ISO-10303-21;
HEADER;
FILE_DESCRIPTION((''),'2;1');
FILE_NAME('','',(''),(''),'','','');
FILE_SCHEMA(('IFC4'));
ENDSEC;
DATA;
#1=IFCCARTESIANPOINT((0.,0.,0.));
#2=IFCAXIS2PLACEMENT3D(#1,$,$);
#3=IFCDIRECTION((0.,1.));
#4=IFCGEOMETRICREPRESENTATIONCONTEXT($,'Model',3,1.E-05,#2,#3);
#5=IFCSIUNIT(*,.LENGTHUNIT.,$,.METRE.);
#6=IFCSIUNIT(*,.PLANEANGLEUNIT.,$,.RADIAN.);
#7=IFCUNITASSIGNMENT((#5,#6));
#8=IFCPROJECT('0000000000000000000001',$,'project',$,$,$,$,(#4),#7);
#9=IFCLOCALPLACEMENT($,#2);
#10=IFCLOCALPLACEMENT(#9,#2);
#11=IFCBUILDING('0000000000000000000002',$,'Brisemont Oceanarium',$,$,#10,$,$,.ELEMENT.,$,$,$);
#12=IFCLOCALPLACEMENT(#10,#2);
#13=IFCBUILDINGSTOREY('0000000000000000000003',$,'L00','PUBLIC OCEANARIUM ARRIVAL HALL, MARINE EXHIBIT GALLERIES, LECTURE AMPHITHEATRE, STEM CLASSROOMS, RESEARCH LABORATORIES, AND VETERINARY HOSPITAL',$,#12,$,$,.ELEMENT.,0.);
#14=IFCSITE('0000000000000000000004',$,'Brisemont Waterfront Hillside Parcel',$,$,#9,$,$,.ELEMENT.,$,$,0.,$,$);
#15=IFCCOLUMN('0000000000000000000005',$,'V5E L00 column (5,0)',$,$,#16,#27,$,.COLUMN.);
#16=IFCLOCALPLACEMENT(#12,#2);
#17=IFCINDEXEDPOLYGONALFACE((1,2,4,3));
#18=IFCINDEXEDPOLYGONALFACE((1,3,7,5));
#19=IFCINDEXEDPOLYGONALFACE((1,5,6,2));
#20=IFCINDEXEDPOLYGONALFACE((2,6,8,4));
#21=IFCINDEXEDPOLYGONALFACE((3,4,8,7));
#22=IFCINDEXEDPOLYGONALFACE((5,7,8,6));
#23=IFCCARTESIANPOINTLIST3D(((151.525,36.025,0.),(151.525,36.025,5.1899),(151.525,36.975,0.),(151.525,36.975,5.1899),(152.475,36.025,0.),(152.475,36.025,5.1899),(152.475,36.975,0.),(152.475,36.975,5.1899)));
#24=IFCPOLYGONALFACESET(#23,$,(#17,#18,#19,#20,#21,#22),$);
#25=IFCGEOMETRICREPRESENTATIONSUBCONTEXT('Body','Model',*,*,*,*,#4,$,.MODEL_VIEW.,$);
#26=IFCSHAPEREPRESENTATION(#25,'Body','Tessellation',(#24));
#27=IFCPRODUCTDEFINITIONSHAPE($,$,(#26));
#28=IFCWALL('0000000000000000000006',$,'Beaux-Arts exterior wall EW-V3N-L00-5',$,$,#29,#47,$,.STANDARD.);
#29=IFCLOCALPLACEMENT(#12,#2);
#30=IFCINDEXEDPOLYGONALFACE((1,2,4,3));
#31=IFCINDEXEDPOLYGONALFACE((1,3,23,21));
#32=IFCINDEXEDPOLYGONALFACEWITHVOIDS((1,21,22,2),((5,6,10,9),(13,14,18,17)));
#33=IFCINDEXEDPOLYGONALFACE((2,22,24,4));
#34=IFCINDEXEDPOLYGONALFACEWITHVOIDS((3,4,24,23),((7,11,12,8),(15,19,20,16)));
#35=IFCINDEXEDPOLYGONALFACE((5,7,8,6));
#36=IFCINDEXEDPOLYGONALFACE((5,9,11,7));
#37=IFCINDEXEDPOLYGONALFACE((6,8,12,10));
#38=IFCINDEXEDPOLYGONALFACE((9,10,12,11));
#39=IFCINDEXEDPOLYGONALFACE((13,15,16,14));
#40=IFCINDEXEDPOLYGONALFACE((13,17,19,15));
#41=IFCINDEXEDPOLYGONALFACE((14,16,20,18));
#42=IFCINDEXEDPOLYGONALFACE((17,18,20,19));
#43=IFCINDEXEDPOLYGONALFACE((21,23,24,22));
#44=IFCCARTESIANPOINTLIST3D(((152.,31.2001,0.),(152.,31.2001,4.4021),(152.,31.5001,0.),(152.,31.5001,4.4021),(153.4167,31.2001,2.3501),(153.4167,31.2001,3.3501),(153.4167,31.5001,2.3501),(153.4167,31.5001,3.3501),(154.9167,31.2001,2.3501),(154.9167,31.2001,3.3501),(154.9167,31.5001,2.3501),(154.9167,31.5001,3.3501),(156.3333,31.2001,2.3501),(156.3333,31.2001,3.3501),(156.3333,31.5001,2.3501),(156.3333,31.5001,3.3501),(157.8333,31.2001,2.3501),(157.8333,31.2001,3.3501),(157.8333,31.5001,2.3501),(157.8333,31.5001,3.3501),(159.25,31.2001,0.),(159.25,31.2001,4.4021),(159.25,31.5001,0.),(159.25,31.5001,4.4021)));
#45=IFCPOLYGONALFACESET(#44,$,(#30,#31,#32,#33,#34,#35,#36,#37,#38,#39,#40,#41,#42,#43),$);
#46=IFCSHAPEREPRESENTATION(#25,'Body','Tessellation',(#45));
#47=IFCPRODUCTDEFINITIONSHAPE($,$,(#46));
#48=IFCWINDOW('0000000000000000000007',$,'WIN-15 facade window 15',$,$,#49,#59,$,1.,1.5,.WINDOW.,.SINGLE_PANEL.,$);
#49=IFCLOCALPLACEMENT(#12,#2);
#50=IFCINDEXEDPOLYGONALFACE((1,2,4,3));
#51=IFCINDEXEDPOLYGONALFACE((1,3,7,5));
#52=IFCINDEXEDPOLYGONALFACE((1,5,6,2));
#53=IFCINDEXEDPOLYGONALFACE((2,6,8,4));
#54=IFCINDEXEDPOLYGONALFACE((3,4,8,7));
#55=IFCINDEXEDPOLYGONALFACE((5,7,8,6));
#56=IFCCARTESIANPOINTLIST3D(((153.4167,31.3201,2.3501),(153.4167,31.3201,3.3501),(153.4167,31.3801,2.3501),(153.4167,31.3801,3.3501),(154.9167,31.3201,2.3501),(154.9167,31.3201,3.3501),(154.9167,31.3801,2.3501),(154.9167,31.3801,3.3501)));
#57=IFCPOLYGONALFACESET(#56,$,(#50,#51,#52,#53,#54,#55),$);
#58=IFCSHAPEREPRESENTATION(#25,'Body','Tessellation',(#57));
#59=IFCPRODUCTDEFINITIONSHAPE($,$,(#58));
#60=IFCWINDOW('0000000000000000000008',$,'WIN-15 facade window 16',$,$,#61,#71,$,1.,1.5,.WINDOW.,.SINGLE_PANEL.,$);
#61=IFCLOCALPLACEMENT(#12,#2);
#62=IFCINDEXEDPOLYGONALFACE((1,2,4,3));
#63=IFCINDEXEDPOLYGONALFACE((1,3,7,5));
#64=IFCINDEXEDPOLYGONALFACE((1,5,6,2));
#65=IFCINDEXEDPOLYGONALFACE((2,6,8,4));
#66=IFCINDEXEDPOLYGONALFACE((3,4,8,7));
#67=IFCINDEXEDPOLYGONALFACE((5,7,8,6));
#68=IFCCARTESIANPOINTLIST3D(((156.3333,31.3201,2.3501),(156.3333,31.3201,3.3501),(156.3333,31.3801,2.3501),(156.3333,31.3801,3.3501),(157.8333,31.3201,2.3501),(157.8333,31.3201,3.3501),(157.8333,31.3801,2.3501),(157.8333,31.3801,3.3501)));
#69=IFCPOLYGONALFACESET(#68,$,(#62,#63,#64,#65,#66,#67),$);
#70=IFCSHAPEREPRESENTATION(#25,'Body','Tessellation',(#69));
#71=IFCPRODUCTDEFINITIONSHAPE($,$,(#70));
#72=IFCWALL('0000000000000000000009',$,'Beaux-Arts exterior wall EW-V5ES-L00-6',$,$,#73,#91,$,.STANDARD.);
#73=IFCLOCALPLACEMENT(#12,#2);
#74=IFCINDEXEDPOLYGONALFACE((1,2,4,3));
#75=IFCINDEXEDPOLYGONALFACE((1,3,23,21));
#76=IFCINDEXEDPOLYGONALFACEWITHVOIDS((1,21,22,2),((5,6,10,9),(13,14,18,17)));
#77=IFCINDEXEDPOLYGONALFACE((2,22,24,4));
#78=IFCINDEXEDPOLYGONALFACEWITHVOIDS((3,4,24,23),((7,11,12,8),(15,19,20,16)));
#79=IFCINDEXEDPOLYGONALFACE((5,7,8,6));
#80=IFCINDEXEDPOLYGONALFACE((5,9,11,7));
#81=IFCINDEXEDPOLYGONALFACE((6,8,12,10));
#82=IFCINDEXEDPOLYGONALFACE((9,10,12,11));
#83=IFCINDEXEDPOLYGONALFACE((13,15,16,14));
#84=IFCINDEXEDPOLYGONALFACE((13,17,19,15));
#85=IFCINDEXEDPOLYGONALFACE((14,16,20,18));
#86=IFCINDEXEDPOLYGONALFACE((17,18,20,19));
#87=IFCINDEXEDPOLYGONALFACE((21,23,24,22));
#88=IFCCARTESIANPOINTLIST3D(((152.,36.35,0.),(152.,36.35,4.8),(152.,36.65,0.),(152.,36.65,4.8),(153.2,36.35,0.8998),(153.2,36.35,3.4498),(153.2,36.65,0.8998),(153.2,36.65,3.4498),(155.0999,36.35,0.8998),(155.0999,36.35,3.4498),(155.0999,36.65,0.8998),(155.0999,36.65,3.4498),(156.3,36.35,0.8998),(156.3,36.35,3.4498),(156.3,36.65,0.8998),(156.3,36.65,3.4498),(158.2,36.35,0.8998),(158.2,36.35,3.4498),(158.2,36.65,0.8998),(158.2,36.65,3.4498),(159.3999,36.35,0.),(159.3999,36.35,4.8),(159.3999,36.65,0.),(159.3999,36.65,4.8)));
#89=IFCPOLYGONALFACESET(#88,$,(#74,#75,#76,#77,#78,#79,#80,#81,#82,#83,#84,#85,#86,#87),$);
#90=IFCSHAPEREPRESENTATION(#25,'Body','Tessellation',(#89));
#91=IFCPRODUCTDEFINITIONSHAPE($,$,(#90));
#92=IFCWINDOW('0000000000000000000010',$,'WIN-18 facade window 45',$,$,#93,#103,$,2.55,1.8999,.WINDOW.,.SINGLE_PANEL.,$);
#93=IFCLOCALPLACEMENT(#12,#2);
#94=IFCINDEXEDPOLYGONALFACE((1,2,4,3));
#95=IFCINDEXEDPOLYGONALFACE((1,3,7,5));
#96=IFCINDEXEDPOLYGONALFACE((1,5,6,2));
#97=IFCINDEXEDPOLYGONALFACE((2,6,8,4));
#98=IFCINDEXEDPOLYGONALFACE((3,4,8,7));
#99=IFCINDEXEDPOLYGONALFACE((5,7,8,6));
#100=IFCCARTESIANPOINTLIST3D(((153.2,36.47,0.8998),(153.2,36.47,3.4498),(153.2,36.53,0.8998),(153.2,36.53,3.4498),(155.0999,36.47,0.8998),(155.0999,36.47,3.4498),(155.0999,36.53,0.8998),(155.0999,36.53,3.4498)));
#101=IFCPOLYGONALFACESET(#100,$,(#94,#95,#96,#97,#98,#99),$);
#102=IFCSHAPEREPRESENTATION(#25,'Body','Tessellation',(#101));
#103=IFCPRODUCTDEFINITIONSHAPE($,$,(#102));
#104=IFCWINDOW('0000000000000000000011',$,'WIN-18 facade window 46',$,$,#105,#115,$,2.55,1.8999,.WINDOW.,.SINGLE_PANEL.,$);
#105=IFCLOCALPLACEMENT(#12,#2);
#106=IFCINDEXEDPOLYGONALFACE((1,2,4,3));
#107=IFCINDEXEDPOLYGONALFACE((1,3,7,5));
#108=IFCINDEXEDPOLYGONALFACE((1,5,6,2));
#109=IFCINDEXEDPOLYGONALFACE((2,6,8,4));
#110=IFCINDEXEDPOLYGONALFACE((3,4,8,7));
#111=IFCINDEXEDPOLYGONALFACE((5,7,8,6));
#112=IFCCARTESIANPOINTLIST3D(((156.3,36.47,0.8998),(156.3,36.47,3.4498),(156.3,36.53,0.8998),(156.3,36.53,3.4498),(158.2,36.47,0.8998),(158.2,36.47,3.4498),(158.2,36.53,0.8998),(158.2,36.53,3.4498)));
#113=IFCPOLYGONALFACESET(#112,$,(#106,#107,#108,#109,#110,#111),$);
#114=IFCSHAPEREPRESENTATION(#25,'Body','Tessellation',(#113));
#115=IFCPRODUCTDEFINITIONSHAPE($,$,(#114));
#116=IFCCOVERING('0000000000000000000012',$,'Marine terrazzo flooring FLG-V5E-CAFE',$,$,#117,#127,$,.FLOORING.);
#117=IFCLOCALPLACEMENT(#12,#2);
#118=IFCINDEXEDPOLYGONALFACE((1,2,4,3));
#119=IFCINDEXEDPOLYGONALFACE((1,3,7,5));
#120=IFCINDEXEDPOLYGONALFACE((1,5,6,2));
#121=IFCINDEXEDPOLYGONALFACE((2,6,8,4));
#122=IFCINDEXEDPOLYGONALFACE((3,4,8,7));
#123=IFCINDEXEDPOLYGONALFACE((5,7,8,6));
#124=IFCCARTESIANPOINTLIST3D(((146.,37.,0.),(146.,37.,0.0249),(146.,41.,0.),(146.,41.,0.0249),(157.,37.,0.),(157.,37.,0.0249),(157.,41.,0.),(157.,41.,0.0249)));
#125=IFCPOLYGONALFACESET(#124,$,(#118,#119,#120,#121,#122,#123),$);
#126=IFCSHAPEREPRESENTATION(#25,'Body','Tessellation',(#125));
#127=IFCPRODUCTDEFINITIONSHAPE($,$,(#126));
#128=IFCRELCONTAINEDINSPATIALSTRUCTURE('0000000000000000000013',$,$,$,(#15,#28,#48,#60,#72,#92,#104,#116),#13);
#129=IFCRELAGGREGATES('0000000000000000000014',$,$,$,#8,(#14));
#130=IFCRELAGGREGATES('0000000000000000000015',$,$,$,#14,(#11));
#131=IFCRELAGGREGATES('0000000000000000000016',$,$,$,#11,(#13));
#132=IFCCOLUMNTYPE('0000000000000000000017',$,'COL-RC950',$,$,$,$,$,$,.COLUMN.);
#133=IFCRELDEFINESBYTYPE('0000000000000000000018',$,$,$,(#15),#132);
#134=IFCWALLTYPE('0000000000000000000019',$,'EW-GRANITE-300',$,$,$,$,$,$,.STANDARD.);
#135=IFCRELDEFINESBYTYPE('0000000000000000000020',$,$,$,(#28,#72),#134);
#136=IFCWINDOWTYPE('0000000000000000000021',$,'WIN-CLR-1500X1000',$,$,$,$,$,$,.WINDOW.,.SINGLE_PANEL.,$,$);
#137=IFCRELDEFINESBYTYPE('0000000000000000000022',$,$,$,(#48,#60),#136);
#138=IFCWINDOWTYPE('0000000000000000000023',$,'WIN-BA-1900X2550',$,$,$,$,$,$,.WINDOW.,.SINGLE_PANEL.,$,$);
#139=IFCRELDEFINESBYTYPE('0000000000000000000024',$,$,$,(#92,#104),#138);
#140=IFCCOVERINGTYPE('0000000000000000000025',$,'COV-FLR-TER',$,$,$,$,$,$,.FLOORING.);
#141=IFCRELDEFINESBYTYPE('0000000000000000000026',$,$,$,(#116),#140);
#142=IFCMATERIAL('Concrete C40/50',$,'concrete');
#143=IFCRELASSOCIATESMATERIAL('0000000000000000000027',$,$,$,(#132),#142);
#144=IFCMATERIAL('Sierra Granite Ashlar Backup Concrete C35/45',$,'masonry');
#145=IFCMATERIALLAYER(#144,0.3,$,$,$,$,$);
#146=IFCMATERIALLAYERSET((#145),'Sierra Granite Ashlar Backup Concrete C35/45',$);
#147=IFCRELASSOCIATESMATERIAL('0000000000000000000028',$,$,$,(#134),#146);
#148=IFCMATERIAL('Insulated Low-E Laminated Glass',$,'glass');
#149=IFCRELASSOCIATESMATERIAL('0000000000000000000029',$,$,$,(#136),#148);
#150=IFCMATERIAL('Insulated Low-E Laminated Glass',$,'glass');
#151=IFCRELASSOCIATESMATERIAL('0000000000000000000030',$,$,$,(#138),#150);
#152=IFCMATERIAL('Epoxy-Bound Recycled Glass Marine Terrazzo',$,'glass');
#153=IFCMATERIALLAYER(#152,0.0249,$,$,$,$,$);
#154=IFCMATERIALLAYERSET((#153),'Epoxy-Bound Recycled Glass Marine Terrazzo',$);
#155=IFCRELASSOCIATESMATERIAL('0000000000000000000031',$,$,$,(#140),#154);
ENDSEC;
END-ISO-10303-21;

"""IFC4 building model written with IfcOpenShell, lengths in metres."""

from ifc_helpers import new_model, si_unit, direction, frame, frame_2d, origin, origin_2d, place, context, subcontext, project, spatial, rectangle, extrude, material, layer, layer_set, material_profile, profile_set, type_object, element, fill, save


model = new_model("IFC4")

# Units and contexts
model_context = context("Model", 3, precision=1e-05, world=origin(), true_north=direction((0.0, 1.0)))
body_context = subcontext(model_context, "Body", "Model", "MODEL_VIEW")
ifc_project = project(units=[si_unit("LENGTHUNIT", "METRE"), si_unit("PLANEANGLEUNIT", "RADIAN")], contexts=[model_context])

# Site, building, storey
site_placement = place(None, origin())
site = spatial("IfcSite", under=ifc_project, at=site_placement, Name="Brisemont Waterfront Hillside Parcel", CompositionType="ELEMENT", RefElevation=0.0)
building_placement = place(site_placement, origin())
building = spatial("IfcBuilding", under=site, at=building_placement, Name="Brisemont Oceanarium", CompositionType="ELEMENT")
storey_placement = place(building_placement, origin())
storey = spatial("IfcBuildingStorey", under=building, at=storey_placement, Name="L00", Description="PUBLIC OCEANARIUM ARRIVAL HALL, MARINE EXHIBIT GALLERIES, LECTURE AMPHITHEATRE, STEM CLASSROOMS, RESEARCH LABORATORIES, AND VETERINARY HOSPITAL", CompositionType="ELEMENT", Elevation=0.0)

# Column
ifc_material_1 = material(Name="Concrete C40/50", Category="concrete")
ifc_material_profile_1 = material_profile(ifc_material_1, rectangle(XDim=0.95, YDim=0.95, at=origin_2d()), Name="RC-COL-950X950")
ifc_profile_set_1 = profile_set([ifc_material_profile_1], Name="Concrete C40/50")
column_type_1 = type_object("IfcColumnType", Name="COL-RC950", PredefinedType="COLUMN", material=ifc_profile_set_1)
column_1_placement = place(storey_placement, frame((152.0, 36.5, 0.0), z_axis=(0.0, 0.0, 1.0), x_axis=(0.0, 1.0, 0.0)))
element("IfcColumn", 1, at=column_1_placement, inside=storey, type_object=column_type_1, Name="V5E L00 column (5,0)", PredefinedType="COLUMN", context=body_context, shape_type="SweptSolid", body=[
    extrude(rectangle(XDim=0.95, YDim=0.95, at=origin_2d()), origin(), (0.0, 0.0, 1.0), 5.1899),
])

# Walls, openings, windows
ifc_material_2 = material(Name="Sierra Granite Ashlar Backup Concrete C35/45", Category="masonry")
ifc_layer_1 = layer(ifc_material_2, 0.3)
ifc_layer_set_1 = layer_set([ifc_layer_1], Name="Sierra Granite Ashlar Backup Concrete C35/45")
wall_type = type_object("IfcWallType", Name="EW-GRANITE-300", PredefinedType="STANDARD", material=ifc_layer_set_1)
wall_1_placement = place(storey_placement, frame((152.0, 31.3501, 0.0), z_axis=(0.0, 0.0, 1.0), x_axis=(1.0, 0.0, 0.0)))
wall_1 = element("IfcWall", 2, at=wall_1_placement, inside=storey, type_object=wall_type, Name="Beaux-Arts exterior wall EW-V3N-L00-5", PredefinedType="STANDARD", context=body_context, shape_type="SweptSolid", body=[
    extrude(rectangle(XDim=7.25, YDim=0.3, at=frame_2d((3.625, 0.0))), origin(), (0.0, 0.0, 1.0), 4.4021),
])
opening_1_placement = place(wall_1_placement, frame((1.4167, 0.0, 2.3501)))
opening_1 = element("IfcOpeningElement", 3, at=opening_1_placement, cuts=wall_1, PredefinedType="OPENING", context=body_context, shape_type="SweptSolid", body=[
    extrude(rectangle(XDim=1.5, YDim=1.0, at=frame_2d((0.75, 0.5))), frame((0.0, 0.1599, 0.0), z_axis=(0.0, -1.0, 0.0), x_axis=(1.0, 0.0, 0.0)), (0.0, 0.0, 1.0), 0.3201),
])
opening_2_placement = place(wall_1_placement, frame((4.3333, 0.0, 2.3501)))
opening_2 = element("IfcOpeningElement", 4, at=opening_2_placement, cuts=wall_1, PredefinedType="OPENING", context=body_context, shape_type="SweptSolid", body=[
    extrude(rectangle(XDim=1.5, YDim=1.0, at=frame_2d((0.75, 0.5))), frame((0.0, 0.1599, 0.0), z_axis=(0.0, -1.0, 0.0), x_axis=(1.0, 0.0, 0.0)), (0.0, 0.0, 1.0), 0.3201),
])
ifc_material_3 = material(Name="Insulated Low-E Laminated Glass", Category="glass")
window_type_1 = type_object("IfcWindowType", Name="WIN-CLR-1500X1000", PartitioningType="SINGLE_PANEL", PredefinedType="WINDOW", material=ifc_material_3)
window_1_placement = place(opening_1_placement, origin())
window_1 = element("IfcWindow", 5, at=window_1_placement, inside=storey, type_object=window_type_1, Name="WIN-15 facade window 15", OverallHeight=1.0, OverallWidth=1.5, PartitioningType="SINGLE_PANEL", PredefinedType="WINDOW", context=body_context, shape_type="SweptSolid", body=[
    extrude(rectangle(XDim=1.5, YDim=1.0, at=frame_2d((0.75, 0.5))), frame((0.0, 0.03, 0.0), z_axis=(0.0, -1.0, 0.0), x_axis=(1.0, 0.0, 0.0)), (0.0, 0.0, 1.0), 0.0601),
])
fill(opening_1, window_1)
window_2_placement = place(opening_2_placement, origin())
window_2 = element("IfcWindow", 6, at=window_2_placement, inside=storey, type_object=window_type_1, Name="WIN-15 facade window 16", OverallHeight=1.0, OverallWidth=1.5, PartitioningType="SINGLE_PANEL", PredefinedType="WINDOW", context=body_context, shape_type="SweptSolid", body=[
    extrude(rectangle(XDim=1.5, YDim=1.0, at=frame_2d((0.75, 0.5))), frame((0.0, 0.03, 0.0), z_axis=(0.0, -1.0, 0.0), x_axis=(1.0, 0.0, 0.0)), (0.0, 0.0, 1.0), 0.0601),
])
fill(opening_2, window_2)
wall_2_placement = place(storey_placement, frame((152.0, 36.5, 0.0), z_axis=(0.0, 0.0, 1.0), x_axis=(1.0, 0.0, 0.0)))
wall_2 = element("IfcWall", 7, at=wall_2_placement, inside=storey, type_object=wall_type, Name="Beaux-Arts exterior wall EW-V5ES-L00-6", PredefinedType="STANDARD", context=body_context, shape_type="SweptSolid", body=[
    extrude(rectangle(XDim=7.3999, YDim=0.3, at=frame_2d((3.7, 0.0))), origin(), (0.0, 0.0, 1.0), 4.8),
])
opening_3_placement = place(wall_2_placement, frame((1.2, 0.0, 0.8999)))
opening_3 = element("IfcOpeningElement", 8, at=opening_3_placement, cuts=wall_2, PredefinedType="OPENING", context=body_context, shape_type="SweptSolid", body=[
    extrude(rectangle(XDim=1.8999, YDim=2.55, at=frame_2d((0.95, 1.2749))), frame((0.0, 0.1599, 0.0), z_axis=(0.0, -1.0, 0.0), x_axis=(1.0, 0.0, 0.0)), (0.0, 0.0, 1.0), 0.3201),
])
opening_4_placement = place(wall_2_placement, frame((4.3, 0.0, 0.8999)))
opening_4 = element("IfcOpeningElement", 9, at=opening_4_placement, cuts=wall_2, PredefinedType="OPENING", context=body_context, shape_type="SweptSolid", body=[
    extrude(rectangle(XDim=1.8999, YDim=2.55, at=frame_2d((0.95, 1.2749))), frame((0.0, 0.1599, 0.0), z_axis=(0.0, -1.0, 0.0), x_axis=(1.0, 0.0, 0.0)), (0.0, 0.0, 1.0), 0.3201),
])
ifc_material_4 = material(Name="Insulated Low-E Laminated Glass", Category="glass")
window_type_2 = type_object("IfcWindowType", Name="WIN-BA-1900X2550", PartitioningType="SINGLE_PANEL", PredefinedType="WINDOW", material=ifc_material_4)
window_3_placement = place(opening_3_placement, origin())
window_3 = element("IfcWindow", 10, at=window_3_placement, inside=storey, type_object=window_type_2, Name="WIN-18 facade window 45", OverallHeight=2.55, OverallWidth=1.8999, PartitioningType="SINGLE_PANEL", PredefinedType="WINDOW", context=body_context, shape_type="SweptSolid", body=[
    extrude(rectangle(XDim=1.8999, YDim=2.55, at=frame_2d((0.95, 1.2749))), frame((0.0, 0.03, 0.0), z_axis=(0.0, -1.0, 0.0), x_axis=(1.0, 0.0, 0.0)), (0.0, 0.0, 1.0), 0.0601),
])
fill(opening_3, window_3)
window_4_placement = place(opening_4_placement, origin())
window_4 = element("IfcWindow", 11, at=window_4_placement, inside=storey, type_object=window_type_2, Name="WIN-18 facade window 46", OverallHeight=2.55, OverallWidth=1.8999, PartitioningType="SINGLE_PANEL", PredefinedType="WINDOW", context=body_context, shape_type="SweptSolid", body=[
    extrude(rectangle(XDim=1.8999, YDim=2.55, at=frame_2d((0.95, 1.2749))), frame((0.0, 0.03, 0.0), z_axis=(0.0, -1.0, 0.0), x_axis=(1.0, 0.0, 0.0)), (0.0, 0.0, 1.0), 0.0601),
])
fill(opening_4, window_4)

# Covering
ifc_material_5 = material(Name="Epoxy-Bound Recycled Glass Marine Terrazzo", Category="glass")
ifc_layer_2 = layer(ifc_material_5, 0.0249)
ifc_layer_set_2 = layer_set([ifc_layer_2], Name="Epoxy-Bound Recycled Glass Marine Terrazzo")
covering_type = type_object("IfcCoveringType", Name="COV-FLR-TER", PredefinedType="FLOORING", material=ifc_layer_set_2)
covering_placement = place(storey_placement, frame((151.5, 39.0, 0.0), z_axis=(0.0, 0.0, 1.0), x_axis=(1.0, 0.0, 0.0)))
element("IfcCovering", 12, at=covering_placement, inside=storey, type_object=covering_type, Name="Marine terrazzo flooring FLG-V5E-CAFE", PredefinedType="FLOORING", context=body_context, shape_type="SweptSolid", body=[
    extrude(rectangle(XDim=11.0, YDim=4.0, at=origin_2d()), origin(), (0.0, 0.0, 1.0), 0.0249),
])

save(model, "model.ifc")
